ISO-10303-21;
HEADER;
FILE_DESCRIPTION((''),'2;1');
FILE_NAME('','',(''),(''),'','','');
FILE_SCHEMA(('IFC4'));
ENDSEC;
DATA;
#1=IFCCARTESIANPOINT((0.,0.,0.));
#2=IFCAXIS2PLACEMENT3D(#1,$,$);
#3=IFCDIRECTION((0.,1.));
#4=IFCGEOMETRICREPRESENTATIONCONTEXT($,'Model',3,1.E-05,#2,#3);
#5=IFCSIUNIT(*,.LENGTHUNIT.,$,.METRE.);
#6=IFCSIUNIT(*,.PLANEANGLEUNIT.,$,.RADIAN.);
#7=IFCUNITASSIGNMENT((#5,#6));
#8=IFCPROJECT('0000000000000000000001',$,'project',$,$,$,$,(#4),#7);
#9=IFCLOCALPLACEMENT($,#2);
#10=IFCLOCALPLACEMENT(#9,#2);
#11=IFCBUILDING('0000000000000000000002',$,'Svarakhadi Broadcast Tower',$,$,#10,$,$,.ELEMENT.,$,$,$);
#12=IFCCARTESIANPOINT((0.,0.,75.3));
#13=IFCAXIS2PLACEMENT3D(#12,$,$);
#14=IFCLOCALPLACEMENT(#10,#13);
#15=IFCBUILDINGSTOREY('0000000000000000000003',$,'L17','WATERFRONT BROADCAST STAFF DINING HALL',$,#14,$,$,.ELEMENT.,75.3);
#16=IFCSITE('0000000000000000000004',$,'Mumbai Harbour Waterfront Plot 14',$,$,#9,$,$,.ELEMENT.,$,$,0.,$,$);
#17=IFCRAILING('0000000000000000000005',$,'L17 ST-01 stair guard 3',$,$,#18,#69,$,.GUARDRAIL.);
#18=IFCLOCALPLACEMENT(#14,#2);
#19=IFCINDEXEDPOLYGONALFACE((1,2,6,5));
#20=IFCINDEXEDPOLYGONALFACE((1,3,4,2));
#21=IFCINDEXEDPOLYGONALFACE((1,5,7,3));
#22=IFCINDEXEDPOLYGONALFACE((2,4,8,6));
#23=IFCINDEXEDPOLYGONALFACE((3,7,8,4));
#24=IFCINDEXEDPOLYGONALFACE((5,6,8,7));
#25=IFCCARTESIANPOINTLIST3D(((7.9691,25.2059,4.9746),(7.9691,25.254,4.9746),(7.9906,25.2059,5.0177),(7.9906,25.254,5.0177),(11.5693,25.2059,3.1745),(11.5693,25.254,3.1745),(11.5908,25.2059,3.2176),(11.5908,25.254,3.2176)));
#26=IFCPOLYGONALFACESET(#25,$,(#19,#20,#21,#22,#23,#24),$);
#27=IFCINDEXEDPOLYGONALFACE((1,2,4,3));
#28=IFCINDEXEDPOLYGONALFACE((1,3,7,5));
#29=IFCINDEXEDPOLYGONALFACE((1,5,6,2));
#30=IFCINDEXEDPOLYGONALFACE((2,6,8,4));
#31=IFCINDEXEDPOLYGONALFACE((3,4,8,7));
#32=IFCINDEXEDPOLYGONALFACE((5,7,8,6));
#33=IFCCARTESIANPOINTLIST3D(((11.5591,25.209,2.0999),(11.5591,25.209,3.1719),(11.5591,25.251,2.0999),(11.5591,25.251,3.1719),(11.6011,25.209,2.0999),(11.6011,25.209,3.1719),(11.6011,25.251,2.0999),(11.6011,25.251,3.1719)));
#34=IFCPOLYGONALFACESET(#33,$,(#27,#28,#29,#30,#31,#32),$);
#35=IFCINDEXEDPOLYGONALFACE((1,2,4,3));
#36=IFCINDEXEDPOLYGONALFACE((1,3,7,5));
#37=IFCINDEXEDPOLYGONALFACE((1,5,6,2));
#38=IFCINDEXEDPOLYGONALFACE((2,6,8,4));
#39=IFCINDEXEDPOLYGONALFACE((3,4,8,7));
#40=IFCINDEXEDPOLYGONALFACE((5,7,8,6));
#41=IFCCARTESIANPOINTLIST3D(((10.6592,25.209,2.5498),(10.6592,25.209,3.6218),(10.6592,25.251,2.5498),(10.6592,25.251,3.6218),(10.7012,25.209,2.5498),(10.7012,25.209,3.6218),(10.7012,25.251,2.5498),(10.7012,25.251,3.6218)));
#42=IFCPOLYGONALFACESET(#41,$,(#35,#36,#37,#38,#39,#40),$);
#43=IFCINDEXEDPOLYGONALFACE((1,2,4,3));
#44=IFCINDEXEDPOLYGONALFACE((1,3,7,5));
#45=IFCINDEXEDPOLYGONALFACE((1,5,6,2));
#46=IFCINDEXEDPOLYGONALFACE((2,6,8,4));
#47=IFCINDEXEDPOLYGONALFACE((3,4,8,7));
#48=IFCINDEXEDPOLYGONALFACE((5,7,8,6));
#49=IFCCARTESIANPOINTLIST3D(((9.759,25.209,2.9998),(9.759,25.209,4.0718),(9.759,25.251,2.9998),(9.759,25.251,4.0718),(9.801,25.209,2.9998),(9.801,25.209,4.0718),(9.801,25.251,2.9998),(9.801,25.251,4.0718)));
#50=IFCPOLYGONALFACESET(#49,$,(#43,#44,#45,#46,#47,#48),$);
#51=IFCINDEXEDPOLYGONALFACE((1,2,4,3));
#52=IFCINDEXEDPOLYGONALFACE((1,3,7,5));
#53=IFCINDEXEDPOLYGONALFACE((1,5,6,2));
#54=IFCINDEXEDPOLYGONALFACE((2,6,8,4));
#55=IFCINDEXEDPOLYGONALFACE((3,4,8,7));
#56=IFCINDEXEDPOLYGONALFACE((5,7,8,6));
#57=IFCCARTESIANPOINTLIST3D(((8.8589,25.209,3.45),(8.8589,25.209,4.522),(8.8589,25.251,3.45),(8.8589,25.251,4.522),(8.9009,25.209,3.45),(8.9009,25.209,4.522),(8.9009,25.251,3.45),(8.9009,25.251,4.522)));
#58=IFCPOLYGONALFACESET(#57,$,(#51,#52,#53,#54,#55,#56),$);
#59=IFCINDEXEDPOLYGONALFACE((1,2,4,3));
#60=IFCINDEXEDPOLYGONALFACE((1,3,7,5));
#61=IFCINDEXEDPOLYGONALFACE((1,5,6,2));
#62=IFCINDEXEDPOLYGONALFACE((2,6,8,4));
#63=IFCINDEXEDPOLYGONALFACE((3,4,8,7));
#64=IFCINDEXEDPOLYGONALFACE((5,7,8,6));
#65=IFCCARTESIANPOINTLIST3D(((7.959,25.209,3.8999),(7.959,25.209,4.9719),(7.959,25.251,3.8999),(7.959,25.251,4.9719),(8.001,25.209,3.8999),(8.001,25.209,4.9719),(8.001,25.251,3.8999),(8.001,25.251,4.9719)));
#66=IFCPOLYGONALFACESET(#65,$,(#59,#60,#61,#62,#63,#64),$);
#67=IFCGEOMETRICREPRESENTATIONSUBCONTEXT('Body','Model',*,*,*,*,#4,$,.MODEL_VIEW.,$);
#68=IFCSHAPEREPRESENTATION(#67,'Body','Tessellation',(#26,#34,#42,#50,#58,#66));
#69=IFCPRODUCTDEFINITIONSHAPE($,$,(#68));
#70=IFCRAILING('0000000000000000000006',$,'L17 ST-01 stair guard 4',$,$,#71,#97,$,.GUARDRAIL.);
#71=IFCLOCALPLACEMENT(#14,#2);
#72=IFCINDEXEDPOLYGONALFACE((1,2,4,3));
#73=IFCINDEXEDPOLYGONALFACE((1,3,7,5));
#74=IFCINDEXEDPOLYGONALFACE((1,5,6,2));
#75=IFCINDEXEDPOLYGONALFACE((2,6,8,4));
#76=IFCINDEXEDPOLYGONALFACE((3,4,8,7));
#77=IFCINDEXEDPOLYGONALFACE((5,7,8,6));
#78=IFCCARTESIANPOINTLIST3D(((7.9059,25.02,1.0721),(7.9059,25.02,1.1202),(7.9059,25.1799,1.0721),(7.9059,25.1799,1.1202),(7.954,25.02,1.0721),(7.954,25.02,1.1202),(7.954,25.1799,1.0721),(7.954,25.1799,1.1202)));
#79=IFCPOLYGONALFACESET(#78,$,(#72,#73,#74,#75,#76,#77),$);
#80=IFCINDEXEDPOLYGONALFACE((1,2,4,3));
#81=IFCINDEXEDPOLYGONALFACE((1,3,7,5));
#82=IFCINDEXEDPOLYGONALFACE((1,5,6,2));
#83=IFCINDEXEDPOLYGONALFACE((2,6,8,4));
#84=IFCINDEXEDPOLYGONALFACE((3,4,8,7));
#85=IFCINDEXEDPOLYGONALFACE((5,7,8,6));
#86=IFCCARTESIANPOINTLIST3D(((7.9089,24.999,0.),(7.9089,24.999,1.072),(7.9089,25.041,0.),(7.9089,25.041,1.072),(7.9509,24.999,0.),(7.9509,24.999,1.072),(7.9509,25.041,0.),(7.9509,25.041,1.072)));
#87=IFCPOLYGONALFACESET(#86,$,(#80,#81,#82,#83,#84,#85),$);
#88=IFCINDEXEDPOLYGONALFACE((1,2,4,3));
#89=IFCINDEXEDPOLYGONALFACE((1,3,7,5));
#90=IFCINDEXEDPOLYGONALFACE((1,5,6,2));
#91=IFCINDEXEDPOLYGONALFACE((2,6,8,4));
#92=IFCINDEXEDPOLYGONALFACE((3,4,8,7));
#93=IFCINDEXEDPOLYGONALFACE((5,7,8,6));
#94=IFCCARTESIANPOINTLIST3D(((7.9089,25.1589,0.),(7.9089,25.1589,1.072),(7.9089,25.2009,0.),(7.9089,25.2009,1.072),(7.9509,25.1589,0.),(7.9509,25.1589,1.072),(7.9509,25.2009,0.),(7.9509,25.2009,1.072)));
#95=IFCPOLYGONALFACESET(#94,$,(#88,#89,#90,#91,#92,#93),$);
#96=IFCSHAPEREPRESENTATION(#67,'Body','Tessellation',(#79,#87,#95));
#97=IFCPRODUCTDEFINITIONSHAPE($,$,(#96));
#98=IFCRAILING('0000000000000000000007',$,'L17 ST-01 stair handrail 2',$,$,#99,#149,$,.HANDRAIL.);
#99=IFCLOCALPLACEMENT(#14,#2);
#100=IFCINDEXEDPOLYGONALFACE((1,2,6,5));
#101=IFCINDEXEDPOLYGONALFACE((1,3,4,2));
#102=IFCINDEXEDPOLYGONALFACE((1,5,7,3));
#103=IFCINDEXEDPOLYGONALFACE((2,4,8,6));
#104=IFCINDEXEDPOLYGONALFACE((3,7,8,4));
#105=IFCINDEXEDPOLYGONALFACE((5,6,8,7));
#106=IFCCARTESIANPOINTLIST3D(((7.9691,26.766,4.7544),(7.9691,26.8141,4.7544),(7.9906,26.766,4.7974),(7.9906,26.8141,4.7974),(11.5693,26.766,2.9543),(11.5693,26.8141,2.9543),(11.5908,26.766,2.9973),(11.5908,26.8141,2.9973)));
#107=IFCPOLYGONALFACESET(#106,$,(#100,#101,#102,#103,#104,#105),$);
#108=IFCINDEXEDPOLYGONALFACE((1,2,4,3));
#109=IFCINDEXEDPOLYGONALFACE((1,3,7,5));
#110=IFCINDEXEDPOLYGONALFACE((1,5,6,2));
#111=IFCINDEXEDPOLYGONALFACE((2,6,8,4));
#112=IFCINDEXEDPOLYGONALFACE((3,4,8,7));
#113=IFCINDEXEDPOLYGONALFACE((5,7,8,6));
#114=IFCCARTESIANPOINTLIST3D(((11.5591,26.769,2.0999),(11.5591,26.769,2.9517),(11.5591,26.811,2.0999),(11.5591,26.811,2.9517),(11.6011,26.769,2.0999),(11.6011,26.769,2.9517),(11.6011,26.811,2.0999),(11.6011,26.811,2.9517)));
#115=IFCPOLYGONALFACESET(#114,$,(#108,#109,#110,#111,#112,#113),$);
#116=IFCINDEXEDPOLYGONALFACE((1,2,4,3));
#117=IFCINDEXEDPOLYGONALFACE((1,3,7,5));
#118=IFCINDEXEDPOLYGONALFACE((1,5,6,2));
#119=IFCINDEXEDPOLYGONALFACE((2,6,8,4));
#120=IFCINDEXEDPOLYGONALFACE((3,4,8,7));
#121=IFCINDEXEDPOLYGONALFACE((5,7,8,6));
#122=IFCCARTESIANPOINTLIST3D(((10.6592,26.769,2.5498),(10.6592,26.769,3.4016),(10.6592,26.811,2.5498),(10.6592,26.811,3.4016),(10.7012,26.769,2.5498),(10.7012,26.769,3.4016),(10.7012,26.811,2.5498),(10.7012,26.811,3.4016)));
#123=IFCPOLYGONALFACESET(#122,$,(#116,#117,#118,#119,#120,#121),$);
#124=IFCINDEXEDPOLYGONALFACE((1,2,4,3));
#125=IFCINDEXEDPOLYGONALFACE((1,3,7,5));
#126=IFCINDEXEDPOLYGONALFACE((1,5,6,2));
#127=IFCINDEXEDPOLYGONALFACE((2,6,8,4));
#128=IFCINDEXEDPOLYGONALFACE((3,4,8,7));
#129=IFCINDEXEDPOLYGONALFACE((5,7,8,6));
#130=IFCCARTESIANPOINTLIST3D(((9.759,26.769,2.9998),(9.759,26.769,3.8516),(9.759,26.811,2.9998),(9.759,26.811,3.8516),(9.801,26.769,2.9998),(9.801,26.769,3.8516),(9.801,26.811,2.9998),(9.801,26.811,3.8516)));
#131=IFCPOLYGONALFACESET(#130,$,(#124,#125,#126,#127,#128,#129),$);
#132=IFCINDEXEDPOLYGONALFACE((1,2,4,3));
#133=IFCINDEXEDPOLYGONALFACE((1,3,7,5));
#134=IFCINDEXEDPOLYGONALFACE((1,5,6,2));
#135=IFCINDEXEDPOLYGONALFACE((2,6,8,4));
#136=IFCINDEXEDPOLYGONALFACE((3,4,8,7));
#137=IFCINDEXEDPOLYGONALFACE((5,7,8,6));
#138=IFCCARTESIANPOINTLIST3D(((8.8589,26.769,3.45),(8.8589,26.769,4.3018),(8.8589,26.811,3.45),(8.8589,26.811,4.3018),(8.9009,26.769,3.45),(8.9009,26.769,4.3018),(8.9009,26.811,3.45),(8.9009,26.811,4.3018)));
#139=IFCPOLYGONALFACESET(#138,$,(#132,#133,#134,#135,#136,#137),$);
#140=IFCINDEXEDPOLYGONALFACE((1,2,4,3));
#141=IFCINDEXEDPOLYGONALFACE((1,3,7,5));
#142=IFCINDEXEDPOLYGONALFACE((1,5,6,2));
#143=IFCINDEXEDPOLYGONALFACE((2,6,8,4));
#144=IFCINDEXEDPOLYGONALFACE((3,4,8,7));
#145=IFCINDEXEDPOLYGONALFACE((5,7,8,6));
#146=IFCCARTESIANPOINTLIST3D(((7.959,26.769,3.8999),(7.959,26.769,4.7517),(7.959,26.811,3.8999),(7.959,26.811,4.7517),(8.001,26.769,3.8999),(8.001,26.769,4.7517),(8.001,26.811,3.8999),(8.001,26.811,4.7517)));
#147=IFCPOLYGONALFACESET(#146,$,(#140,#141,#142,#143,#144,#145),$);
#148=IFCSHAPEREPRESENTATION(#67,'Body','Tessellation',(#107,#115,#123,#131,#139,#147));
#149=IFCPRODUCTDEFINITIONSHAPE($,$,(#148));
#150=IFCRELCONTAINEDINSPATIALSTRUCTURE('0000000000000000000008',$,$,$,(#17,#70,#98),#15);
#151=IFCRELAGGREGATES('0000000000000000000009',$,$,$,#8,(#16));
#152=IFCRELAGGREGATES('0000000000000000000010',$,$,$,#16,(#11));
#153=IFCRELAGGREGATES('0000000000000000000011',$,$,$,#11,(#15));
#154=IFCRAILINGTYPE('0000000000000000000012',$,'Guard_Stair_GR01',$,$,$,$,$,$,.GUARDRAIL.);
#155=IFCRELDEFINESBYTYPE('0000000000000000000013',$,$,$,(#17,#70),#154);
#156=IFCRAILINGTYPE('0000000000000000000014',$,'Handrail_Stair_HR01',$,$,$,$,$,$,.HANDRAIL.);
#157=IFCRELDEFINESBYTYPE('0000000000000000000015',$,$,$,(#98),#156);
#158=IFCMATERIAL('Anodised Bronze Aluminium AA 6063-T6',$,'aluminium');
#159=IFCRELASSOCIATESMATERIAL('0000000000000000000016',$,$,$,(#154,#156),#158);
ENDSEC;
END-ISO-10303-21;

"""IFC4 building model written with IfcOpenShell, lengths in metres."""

from ifc_helpers import new_model, si_unit, direction, frame, origin, origin_2d, place, context, subcontext, project, spatial, rectangle, extrude, material, type_object, element, save


model = new_model("IFC4")

# Units and contexts
model_context = context("Model", 3, precision=1e-05, world=origin(), true_north=direction((0.0, 1.0)))
body_context = subcontext(model_context, "Body", "Model", "MODEL_VIEW")
ifc_project = project(units=[si_unit("LENGTHUNIT", "METRE"), si_unit("PLANEANGLEUNIT", "RADIAN")], contexts=[model_context])

# Site, building, storey
site_placement = place(None, origin())
site = spatial("IfcSite", under=ifc_project, at=site_placement, Name="Mumbai Harbour Waterfront Plot 14", CompositionType="ELEMENT", RefElevation=0.0)
building_placement = place(site_placement, origin())
building = spatial("IfcBuilding", under=site, at=building_placement, Name="Svarakhadi Broadcast Tower", CompositionType="ELEMENT")
storey_placement = place(building_placement, frame((0.0, 0.0, 75.3)))
storey = spatial("IfcBuildingStorey", under=building, at=storey_placement, Name="L17", Description="WATERFRONT BROADCAST STAFF DINING HALL", CompositionType="ELEMENT", Elevation=75.3)

# Railings
ifc_material_1 = material(Name="Anodised Bronze Aluminium AA 6063-T6", Category="aluminium")
railing_type_1 = type_object("IfcRailingType", Name="Guard_Stair_GR01", PredefinedType="GUARDRAIL", material=ifc_material_1)
railing_1_placement = place(storey_placement, frame((11.5801, 25.23, 2.0999)))
element("IfcRailing", 1, at=railing_1_placement, inside=storey, type_object=railing_type_1, Name="L17 ST-01 stair guard 3", PredefinedType="GUARDRAIL", context=body_context, shape_type="SweptSolid", body=[
    extrude(rectangle(XDim=0.0481, YDim=0.0481, at=origin_2d()), frame((0.0, 0.0, 1.0962), z_axis=(-0.894427, 0.0, 0.447214), x_axis=(0.0, -1.0, 0.0)), (0.0, 0.0, 1.0), 4.0251),
    extrude(rectangle(XDim=0.042, YDim=0.042, at=origin_2d()), origin(), (0.0, 0.0, 1.0), 1.072),
    extrude(rectangle(XDim=0.042, YDim=0.042, at=origin_2d()), frame((-0.8999, 0.0, 0.45)), (0.0, 0.0, 1.0), 1.072),
    extrude(rectangle(XDim=0.042, YDim=0.042, at=origin_2d()), frame((-1.8, 0.0, 0.8999)), (0.0, 0.0, 1.0), 1.072),
    extrude(rectangle(XDim=0.042, YDim=0.042, at=origin_2d()), frame((-2.7002, 0.0, 1.3501)), (0.0, 0.0, 1.0), 1.072),
    extrude(rectangle(XDim=0.042, YDim=0.042, at=origin_2d()), frame((-3.6001, 0.0, 1.8)), (0.0, 0.0, 1.0), 1.072),
])
railing_2_placement = place(storey_placement, frame((7.9299, 25.02, 0.0)))
element("IfcRailing", 2, at=railing_2_placement, inside=storey, type_object=railing_type_1, Name="L17 ST-01 stair guard 4", PredefinedType="GUARDRAIL", context=body_context, shape_type="SweptSolid", body=[
    extrude(rectangle(XDim=0.0481, YDim=0.0481, at=origin_2d()), frame((0.0, 0.0, 1.0962), z_axis=(0.0, 1.0, 0.0), x_axis=(-1.0, 0.0, 0.0)), (0.0, 0.0, 1.0), 0.1599),
    extrude(rectangle(XDim=0.042, YDim=0.042, at=origin_2d()), origin(), (0.0, 0.0, 1.0), 1.072),
    extrude(rectangle(XDim=0.042, YDim=0.042, at=origin_2d()), frame((0.0, 0.1599, 0.0)), (0.0, 0.0, 1.0), 1.072),
])
railing_type_2 = type_object("IfcRailingType", Name="Handrail_Stair_HR01", PredefinedType="HANDRAIL", material=ifc_material_1)
railing_3_placement = place(storey_placement, frame((11.5801, 26.79, 2.0999)))
element("IfcRailing", 3, at=railing_3_placement, inside=storey, type_object=railing_type_2, Name="L17 ST-01 stair handrail 2", PredefinedType="HANDRAIL", context=body_context, shape_type="SweptSolid", body=[
    extrude(rectangle(XDim=0.0481, YDim=0.0481, at=origin_2d()), frame((0.0, 0.0, 0.876), z_axis=(-0.894427, 0.0, 0.447214), x_axis=(0.0, -1.0, 0.0)), (0.0, 0.0, 1.0), 4.0251),
    extrude(rectangle(XDim=0.042, YDim=0.042, at=origin_2d()), origin(), (0.0, 0.0, 1.0), 0.8518),
    extrude(rectangle(XDim=0.042, YDim=0.042, at=origin_2d()), frame((-0.8999, 0.0, 0.45)), (0.0, 0.0, 1.0), 0.8518),
    extrude(rectangle(XDim=0.042, YDim=0.042, at=origin_2d()), frame((-1.8, 0.0, 0.8999)), (0.0, 0.0, 1.0), 0.8518),
    extrude(rectangle(XDim=0.042, YDim=0.042, at=origin_2d()), frame((-2.7002, 0.0, 1.3501)), (0.0, 0.0, 1.0), 0.8518),
    extrude(rectangle(XDim=0.042, YDim=0.042, at=origin_2d()), frame((-3.6001, 0.0, 1.8)), (0.0, 0.0, 1.0), 0.8518),
])

save(model, "model.ifc")
